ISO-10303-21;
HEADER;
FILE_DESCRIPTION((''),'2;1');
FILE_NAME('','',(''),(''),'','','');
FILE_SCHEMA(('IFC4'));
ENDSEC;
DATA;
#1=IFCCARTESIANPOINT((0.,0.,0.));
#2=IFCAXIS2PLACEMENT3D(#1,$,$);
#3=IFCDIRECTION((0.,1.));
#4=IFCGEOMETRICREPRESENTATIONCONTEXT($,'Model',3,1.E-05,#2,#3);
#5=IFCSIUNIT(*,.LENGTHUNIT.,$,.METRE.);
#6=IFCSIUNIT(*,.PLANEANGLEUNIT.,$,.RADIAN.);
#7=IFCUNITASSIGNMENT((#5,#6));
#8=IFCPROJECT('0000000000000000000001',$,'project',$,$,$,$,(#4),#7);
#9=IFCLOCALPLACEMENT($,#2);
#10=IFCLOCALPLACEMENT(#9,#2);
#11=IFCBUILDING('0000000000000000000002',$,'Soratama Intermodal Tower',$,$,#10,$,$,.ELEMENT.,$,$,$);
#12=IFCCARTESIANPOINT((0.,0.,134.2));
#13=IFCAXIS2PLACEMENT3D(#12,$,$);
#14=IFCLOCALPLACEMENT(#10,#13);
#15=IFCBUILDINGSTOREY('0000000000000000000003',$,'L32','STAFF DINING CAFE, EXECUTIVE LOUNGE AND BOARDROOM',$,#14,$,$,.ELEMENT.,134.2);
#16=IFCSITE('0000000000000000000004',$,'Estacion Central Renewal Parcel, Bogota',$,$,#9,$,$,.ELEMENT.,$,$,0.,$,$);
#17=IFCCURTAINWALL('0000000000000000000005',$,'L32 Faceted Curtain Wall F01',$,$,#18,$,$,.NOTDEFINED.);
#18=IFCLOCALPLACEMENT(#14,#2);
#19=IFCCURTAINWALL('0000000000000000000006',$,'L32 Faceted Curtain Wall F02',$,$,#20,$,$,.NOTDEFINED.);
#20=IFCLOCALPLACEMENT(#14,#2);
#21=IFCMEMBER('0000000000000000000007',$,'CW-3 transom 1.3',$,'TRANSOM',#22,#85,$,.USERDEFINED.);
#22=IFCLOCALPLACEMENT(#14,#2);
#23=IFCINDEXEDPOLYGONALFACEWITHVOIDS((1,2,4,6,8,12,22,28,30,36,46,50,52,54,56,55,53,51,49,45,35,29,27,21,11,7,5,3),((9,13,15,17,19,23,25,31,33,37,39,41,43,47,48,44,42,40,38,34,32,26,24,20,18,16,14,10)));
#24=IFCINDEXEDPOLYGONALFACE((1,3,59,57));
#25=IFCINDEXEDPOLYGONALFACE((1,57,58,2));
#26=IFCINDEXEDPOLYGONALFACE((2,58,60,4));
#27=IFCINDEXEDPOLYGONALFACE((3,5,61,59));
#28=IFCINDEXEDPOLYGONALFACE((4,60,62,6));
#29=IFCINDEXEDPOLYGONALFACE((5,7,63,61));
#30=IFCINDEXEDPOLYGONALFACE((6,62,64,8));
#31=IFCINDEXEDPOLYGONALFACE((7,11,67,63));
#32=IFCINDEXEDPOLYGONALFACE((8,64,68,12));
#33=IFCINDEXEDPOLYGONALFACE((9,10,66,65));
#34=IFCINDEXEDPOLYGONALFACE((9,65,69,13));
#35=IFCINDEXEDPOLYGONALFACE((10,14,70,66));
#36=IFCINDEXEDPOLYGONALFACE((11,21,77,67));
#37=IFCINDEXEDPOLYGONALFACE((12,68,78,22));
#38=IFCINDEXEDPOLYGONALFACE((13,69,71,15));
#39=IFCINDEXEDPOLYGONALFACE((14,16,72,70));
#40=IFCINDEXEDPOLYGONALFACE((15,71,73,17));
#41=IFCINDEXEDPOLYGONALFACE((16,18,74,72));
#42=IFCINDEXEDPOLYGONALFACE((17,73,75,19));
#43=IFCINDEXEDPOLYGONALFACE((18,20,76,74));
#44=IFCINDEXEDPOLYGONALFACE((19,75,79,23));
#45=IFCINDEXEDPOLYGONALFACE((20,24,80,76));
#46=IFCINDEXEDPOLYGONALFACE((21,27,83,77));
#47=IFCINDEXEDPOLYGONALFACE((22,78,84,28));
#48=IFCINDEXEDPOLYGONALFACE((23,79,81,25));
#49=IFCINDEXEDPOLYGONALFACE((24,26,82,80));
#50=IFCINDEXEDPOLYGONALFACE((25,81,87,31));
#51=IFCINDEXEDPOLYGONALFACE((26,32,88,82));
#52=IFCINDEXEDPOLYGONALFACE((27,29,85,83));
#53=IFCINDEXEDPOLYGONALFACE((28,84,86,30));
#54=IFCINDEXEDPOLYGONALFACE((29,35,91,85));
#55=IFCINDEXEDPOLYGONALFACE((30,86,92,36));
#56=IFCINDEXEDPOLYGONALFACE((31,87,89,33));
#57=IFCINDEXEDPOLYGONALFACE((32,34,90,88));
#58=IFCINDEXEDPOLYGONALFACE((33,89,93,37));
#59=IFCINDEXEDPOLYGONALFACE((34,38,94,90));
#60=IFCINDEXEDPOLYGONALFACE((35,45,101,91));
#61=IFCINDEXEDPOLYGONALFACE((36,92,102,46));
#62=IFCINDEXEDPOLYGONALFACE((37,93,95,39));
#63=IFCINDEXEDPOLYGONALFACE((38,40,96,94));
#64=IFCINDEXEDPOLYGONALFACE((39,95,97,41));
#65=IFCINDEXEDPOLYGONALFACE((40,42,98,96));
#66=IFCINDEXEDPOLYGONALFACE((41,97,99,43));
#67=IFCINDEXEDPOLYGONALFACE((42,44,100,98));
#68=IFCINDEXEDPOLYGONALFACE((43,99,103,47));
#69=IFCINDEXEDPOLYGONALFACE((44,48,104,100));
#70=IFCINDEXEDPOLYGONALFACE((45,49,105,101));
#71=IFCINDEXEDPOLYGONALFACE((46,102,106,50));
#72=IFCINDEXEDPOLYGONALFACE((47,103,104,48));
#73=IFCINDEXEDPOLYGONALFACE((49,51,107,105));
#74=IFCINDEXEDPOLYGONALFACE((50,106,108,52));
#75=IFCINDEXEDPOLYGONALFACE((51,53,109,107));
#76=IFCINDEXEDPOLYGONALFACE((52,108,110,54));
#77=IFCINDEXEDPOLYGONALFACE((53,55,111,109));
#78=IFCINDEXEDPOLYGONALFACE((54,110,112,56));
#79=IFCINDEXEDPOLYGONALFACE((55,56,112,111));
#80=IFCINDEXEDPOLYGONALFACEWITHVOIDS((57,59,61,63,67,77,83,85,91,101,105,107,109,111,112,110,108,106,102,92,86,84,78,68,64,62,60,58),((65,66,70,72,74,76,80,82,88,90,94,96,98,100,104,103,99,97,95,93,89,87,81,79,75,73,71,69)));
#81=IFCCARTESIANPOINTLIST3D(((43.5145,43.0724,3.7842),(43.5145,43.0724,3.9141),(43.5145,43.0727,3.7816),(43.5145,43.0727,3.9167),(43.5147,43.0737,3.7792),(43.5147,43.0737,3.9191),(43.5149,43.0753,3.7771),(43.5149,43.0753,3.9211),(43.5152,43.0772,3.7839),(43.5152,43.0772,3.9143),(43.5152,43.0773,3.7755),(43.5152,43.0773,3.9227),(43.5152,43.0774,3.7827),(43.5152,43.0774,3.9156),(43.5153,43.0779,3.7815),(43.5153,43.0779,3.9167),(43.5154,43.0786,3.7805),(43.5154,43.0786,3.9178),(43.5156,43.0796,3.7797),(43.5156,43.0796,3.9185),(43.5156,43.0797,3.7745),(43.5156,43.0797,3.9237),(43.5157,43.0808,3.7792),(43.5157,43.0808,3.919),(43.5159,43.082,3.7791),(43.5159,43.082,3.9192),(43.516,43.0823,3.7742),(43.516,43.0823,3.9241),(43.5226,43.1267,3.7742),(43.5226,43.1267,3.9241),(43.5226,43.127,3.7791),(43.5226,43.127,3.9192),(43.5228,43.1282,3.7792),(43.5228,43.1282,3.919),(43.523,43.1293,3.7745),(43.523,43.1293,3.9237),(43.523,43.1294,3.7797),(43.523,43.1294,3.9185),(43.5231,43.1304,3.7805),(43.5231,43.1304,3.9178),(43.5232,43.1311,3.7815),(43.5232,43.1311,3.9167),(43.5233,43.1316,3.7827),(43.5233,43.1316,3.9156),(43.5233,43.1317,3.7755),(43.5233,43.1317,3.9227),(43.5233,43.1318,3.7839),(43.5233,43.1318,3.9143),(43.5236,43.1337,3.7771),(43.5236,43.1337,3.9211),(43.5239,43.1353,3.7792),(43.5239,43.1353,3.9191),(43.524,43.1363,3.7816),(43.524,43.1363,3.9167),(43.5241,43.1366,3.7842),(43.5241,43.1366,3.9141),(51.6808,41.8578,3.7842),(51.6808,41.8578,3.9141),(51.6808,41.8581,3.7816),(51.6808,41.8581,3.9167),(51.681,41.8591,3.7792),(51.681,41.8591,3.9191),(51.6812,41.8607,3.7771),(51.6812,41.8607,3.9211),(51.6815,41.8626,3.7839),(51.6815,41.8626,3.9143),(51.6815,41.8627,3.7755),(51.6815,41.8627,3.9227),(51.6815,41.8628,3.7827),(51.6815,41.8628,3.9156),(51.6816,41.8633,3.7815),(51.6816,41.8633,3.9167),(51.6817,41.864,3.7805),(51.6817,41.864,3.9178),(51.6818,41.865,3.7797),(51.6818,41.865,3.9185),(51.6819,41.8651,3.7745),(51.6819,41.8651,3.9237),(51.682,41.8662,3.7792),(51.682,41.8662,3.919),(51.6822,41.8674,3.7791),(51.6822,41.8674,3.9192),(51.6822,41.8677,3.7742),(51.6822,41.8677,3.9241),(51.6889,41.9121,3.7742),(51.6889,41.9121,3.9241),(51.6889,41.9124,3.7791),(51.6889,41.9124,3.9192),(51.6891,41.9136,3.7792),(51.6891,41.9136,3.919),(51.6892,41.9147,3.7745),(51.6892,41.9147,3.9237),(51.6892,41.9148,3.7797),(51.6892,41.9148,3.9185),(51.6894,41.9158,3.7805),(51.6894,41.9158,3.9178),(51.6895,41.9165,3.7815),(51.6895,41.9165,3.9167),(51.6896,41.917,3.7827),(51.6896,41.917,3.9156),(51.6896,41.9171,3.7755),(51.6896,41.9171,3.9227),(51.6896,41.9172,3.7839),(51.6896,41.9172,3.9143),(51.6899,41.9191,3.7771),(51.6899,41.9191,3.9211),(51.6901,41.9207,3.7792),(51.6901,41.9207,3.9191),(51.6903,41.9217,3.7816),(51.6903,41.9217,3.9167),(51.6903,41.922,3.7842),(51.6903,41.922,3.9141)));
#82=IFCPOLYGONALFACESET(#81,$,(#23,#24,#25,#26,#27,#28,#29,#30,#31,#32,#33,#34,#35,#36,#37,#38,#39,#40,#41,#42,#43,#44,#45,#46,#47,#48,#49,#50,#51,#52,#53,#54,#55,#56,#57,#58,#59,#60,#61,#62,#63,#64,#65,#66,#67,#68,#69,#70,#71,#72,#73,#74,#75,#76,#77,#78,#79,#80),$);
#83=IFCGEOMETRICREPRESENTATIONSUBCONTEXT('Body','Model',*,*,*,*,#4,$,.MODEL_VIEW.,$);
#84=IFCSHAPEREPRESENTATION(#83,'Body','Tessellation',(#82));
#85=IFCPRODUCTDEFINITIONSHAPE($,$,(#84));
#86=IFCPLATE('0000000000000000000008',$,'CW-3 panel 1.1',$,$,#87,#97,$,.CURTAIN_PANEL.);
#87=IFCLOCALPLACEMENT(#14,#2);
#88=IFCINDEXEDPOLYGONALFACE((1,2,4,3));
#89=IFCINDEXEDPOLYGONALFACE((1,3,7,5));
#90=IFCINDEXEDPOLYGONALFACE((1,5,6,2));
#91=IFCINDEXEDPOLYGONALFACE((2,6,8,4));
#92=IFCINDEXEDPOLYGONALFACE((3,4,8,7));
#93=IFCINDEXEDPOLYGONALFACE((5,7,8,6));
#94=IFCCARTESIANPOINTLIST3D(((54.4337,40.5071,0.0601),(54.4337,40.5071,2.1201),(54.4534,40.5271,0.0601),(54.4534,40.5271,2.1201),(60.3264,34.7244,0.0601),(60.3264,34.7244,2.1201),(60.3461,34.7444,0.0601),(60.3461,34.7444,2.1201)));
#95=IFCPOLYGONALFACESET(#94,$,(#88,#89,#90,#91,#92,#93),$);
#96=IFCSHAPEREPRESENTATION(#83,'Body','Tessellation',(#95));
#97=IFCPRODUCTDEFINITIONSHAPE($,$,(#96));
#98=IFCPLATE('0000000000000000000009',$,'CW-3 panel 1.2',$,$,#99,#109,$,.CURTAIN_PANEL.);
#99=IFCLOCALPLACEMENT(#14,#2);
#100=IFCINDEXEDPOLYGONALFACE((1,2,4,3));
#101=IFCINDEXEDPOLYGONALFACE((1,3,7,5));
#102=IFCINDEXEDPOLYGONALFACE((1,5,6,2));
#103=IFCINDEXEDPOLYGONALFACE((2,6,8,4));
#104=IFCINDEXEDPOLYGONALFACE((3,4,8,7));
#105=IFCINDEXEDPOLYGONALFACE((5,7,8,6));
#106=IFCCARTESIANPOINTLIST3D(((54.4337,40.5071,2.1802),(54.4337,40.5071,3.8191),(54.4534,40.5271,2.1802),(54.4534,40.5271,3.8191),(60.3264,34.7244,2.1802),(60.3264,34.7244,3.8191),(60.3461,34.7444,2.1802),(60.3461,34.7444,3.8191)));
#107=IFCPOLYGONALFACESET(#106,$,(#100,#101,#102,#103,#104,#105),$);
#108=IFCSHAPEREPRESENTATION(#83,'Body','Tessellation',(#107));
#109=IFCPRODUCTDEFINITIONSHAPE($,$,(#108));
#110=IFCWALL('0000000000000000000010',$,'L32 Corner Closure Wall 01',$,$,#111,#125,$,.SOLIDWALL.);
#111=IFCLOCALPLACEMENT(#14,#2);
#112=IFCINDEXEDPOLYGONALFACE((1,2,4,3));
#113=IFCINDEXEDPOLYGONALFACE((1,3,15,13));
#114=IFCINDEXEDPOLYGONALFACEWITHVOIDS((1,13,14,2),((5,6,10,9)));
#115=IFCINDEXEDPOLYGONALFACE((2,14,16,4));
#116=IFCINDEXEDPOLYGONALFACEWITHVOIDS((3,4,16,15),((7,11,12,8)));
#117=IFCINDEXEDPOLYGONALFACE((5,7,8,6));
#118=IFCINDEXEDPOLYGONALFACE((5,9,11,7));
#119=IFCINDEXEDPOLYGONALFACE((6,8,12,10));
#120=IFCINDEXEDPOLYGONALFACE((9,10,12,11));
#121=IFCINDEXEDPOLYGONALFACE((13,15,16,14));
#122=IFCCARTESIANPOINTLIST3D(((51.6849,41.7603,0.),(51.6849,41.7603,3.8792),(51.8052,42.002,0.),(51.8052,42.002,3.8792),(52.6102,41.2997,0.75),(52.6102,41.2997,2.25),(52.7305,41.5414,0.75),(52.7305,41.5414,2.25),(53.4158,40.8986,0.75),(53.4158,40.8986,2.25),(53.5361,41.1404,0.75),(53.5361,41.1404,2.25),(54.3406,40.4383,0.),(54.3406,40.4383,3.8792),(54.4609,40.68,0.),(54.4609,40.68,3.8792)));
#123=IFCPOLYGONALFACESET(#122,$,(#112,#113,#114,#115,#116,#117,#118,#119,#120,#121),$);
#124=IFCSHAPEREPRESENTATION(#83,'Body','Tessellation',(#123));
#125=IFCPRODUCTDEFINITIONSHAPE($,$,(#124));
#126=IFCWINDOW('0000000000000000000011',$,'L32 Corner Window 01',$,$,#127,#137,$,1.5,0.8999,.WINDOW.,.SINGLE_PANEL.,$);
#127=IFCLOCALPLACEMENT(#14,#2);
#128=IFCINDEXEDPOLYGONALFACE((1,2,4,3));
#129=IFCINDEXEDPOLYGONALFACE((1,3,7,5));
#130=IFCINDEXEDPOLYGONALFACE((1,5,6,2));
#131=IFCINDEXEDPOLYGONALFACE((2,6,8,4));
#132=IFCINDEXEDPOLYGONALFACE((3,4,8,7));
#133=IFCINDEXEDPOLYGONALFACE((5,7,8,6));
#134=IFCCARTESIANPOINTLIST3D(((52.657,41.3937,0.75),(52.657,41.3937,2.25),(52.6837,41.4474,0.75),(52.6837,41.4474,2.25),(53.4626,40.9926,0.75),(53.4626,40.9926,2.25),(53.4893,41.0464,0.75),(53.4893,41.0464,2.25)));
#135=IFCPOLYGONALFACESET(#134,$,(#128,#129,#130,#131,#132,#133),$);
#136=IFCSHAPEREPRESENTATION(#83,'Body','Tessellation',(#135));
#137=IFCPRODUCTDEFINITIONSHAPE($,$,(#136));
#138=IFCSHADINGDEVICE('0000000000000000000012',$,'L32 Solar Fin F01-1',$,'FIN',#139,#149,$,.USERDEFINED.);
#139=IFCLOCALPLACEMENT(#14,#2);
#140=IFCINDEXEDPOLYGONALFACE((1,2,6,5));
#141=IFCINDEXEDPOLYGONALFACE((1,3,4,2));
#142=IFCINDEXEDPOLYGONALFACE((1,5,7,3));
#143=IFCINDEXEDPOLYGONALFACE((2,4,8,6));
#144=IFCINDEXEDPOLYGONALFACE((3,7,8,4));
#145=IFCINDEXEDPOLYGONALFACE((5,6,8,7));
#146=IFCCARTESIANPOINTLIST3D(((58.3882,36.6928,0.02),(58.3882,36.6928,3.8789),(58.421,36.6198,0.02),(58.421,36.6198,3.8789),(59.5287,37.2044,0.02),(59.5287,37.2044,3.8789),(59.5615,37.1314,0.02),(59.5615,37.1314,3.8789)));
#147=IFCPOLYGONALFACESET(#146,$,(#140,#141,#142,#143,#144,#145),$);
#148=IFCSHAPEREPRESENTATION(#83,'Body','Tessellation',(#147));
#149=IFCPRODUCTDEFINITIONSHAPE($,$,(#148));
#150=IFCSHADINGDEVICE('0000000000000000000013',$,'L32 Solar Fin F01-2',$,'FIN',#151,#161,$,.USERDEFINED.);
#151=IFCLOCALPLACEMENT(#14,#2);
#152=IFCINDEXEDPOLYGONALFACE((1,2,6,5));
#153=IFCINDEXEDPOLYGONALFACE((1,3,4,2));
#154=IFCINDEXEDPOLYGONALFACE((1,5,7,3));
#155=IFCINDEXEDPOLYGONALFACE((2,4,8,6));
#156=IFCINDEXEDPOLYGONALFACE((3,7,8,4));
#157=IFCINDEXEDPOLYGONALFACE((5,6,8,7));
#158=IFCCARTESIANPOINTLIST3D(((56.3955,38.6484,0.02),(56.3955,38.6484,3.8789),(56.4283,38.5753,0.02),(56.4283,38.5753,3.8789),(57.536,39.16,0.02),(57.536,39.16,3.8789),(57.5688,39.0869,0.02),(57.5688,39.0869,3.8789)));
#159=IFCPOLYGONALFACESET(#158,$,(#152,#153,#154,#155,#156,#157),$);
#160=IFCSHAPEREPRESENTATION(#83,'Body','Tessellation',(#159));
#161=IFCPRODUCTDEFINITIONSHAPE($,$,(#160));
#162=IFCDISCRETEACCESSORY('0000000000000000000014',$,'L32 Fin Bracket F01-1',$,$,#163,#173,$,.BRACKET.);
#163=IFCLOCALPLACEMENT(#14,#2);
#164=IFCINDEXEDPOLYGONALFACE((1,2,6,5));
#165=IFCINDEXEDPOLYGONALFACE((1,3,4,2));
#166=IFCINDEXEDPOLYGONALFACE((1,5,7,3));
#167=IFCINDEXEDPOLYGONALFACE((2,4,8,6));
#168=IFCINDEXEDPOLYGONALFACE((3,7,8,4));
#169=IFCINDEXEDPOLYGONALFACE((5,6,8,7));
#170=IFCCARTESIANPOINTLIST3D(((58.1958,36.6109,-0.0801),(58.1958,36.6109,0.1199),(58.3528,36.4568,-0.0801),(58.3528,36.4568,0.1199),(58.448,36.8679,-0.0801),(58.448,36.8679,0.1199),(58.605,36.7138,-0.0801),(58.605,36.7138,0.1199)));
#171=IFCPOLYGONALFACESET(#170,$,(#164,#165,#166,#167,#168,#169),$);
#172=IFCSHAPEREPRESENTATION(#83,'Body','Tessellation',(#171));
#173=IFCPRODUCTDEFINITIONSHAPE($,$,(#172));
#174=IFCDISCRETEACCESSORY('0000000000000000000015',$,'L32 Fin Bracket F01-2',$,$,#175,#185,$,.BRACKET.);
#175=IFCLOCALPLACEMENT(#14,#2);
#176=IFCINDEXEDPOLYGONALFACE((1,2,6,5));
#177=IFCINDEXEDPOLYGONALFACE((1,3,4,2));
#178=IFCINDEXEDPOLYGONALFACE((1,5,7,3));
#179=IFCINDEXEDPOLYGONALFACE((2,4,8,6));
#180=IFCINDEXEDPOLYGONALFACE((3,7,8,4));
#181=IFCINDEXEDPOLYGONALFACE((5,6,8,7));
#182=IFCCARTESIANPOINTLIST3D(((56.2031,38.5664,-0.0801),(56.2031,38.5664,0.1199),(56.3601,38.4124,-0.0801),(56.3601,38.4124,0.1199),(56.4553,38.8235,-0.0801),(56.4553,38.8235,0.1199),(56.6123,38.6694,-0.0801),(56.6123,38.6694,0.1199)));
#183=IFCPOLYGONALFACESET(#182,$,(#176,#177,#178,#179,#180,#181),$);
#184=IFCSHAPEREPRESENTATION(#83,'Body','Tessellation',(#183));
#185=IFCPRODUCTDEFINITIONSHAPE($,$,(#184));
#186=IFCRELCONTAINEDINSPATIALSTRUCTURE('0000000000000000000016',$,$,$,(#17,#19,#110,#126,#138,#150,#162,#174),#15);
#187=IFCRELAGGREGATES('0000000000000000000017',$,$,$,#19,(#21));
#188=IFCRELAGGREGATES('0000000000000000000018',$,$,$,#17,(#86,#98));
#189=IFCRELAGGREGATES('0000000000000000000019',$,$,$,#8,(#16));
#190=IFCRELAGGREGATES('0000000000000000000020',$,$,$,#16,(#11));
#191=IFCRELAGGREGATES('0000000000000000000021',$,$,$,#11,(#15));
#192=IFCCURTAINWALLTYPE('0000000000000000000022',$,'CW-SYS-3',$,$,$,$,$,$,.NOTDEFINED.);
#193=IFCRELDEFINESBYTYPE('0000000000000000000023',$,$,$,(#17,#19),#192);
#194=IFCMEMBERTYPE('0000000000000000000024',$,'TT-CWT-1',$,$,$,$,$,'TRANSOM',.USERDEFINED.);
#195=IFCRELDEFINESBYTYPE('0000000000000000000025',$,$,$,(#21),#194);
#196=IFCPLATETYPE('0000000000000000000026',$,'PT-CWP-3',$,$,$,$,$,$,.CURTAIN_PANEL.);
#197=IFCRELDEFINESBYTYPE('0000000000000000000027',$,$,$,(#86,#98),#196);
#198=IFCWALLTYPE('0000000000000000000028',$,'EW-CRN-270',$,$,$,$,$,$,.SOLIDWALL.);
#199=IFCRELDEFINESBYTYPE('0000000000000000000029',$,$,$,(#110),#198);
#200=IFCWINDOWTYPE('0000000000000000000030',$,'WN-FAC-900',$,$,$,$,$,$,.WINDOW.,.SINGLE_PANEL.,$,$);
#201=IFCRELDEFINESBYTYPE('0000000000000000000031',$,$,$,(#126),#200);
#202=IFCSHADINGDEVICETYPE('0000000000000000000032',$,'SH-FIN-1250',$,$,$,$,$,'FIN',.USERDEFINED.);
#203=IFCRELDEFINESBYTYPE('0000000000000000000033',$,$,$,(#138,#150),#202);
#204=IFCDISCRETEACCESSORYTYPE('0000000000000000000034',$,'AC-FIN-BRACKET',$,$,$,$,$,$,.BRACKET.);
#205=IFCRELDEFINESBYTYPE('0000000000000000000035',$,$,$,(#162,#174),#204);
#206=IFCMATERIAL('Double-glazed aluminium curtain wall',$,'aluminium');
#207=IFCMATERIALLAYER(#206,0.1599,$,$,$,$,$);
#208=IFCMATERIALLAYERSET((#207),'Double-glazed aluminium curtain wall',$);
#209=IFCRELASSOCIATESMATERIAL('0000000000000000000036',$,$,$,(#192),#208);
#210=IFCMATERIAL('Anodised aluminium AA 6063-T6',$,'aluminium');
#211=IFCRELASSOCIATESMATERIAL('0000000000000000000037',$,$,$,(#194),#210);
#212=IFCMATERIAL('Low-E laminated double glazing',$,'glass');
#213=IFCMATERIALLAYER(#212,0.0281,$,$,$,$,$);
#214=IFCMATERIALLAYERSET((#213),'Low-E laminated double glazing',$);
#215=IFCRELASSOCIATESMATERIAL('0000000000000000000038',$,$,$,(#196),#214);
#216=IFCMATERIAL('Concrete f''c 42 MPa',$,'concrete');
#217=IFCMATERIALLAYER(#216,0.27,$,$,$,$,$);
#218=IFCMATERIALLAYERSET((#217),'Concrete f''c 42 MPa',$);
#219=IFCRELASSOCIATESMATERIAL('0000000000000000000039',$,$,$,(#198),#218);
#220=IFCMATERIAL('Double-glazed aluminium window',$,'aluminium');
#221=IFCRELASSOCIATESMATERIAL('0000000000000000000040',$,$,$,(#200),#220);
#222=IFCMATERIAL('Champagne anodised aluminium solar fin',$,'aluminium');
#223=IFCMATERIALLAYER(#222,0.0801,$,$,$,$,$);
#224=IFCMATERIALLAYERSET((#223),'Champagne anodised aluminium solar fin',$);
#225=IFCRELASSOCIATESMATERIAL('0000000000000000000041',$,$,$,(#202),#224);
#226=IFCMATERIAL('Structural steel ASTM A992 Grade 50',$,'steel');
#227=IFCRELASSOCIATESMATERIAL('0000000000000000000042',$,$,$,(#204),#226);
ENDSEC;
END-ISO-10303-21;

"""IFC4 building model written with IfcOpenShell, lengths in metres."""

from ifc_helpers import new_model, si_unit, direction, frame, frame_2d, origin, origin_2d, place, context, subcontext, project, spatial, rectangle, hollow_rectangle, extrude, material, layer, layer_set, material_profile, profile_set, type_object, element, fill, aggregate, save


model = new_model("IFC4")

# Units and contexts
model_context = context("Model", 3, precision=1e-05, world=origin(), true_north=direction((0.0, 1.0)))
body_context = subcontext(model_context, "Body", "Model", "MODEL_VIEW")
ifc_project = project(units=[si_unit("LENGTHUNIT", "METRE"), si_unit("PLANEANGLEUNIT", "RADIAN")], contexts=[model_context])

# Site, building, storey
site_placement = place(None, origin())
site = spatial("IfcSite", under=ifc_project, at=site_placement, Name="Estacion Central Renewal Parcel, Bogota", CompositionType="ELEMENT", RefElevation=0.0)
building_placement = place(site_placement, origin())
building = spatial("IfcBuilding", under=site, at=building_placement, Name="Soratama Intermodal Tower", CompositionType="ELEMENT")
storey_placement = place(building_placement, frame((0.0, 0.0, 134.2)))
storey = spatial("IfcBuildingStorey", under=building, at=storey_placement, Name="L32", Description="STAFF DINING CAFE, EXECUTIVE LOUNGE AND BOARDROOM", CompositionType="ELEMENT", Elevation=134.2)

# Curtain walls
ifc_material_1 = material(Name="Double-glazed aluminium curtain wall", Category="aluminium")
ifc_layer_1 = layer(ifc_material_1, 0.1599)
ifc_layer_set_1 = layer_set([ifc_layer_1], Name="Double-glazed aluminium curtain wall")
curtain_wall_type = type_object("IfcCurtainWallType", Name="CW-SYS-3", PredefinedType="NOTDEFINED", material=ifc_layer_set_1)
curtain_wall_1_placement = place(storey_placement, origin())
curtain_wall_1 = element("IfcCurtainWall", 1, at=curtain_wall_1_placement, inside=storey, type_object=curtain_wall_type, Name="L32 Faceted Curtain Wall F01", PredefinedType="NOTDEFINED")
curtain_wall_2_placement = place(storey_placement, origin())
curtain_wall_2 = element("IfcCurtainWall", 2, at=curtain_wall_2_placement, inside=storey, type_object=curtain_wall_type, Name="L32 Faceted Curtain Wall F02", PredefinedType="NOTDEFINED")

# Member
ifc_material_2 = material(Name="Anodised aluminium AA 6063-T6", Category="aluminium")
ifc_material_profile_1 = material_profile(ifc_material_2, hollow_rectangle(XDim=0.0649, YDim=0.1499, WallThickness=0.0049, InnerFilletRadius=0.0049, OuterFilletRadius=0.01, at=origin_2d()), Name="CWT150X65X5")
ifc_profile_set_1 = profile_set([ifc_material_profile_1], Name="Anodised aluminium AA 6063-T6")
member_type_1 = type_object("IfcMemberType", Name="TT-CWT-1", ElementType="TRANSOM", PredefinedType="USERDEFINED", material=ifc_profile_set_1)
member_1_placement = place(storey_placement, frame((51.6855, 41.8899, 3.8491), z_axis=(-0.989119, 0.147116, 0.0), x_axis=(-0.147116, -0.989119, 0.0)))
member_1 = element("IfcMember", 3, at=member_1_placement, type_object=member_type_1, Name="CW-3 transom 1.3", ObjectType="TRANSOM", PredefinedType="USERDEFINED", context=body_context, shape_type="SweptSolid", body=[
    extrude(hollow_rectangle(XDim=0.0649, YDim=0.1499, WallThickness=0.0049, InnerFilletRadius=0.0049, OuterFilletRadius=0.01, at=origin_2d()), origin(), (0.0, 0.0, 1.0), 8.2561),
])
aggregate(curtain_wall_2, [member_1])

# Plates
ifc_material_3 = material(Name="Low-E laminated double glazing", Category="glass")
ifc_layer_2 = layer(ifc_material_3, 0.0281)
ifc_layer_set_2 = layer_set([ifc_layer_2], Name="Low-E laminated double glazing")
plate_type = type_object("IfcPlateType", Name="PT-CWP-3", PredefinedType="CURTAIN_PANEL", material=ifc_layer_set_2)
plate_1_placement = place(storey_placement, frame((57.3899, 37.6257, 0.0601), z_axis=(0.0, 0.0, 1.0), x_axis=(-0.713737, 0.700414, 0.0)))
plate_1 = element("IfcPlate", 4, at=plate_1_placement, type_object=plate_type, Name="CW-3 panel 1.1", PredefinedType="CURTAIN_PANEL", context=body_context, shape_type="SweptSolid", body=[
    extrude(rectangle(XDim=8.2561, YDim=0.0281, at=origin_2d()), origin(), (0.0, 0.0, 1.0), 2.0601),
])
plate_2_placement = place(storey_placement, frame((57.3899, 37.6257, 2.1802), z_axis=(0.0, 0.0, 1.0), x_axis=(-0.713737, 0.700414, 0.0)))
plate_2 = element("IfcPlate", 5, at=plate_2_placement, type_object=plate_type, Name="CW-3 panel 1.2", PredefinedType="CURTAIN_PANEL", context=body_context, shape_type="SweptSolid", body=[
    extrude(rectangle(XDim=8.2561, YDim=0.0281, at=origin_2d()), origin(), (0.0, 0.0, 1.0), 1.6389),
])
aggregate(curtain_wall_1, [plate_1, plate_2])

# Wall, opening, window
ifc_material_4 = material(Name="Concrete f'c 42 MPa", Category="concrete")
ifc_layer_3 = layer(ifc_material_4, 0.27)
ifc_layer_set_3 = layer_set([ifc_layer_3], Name="Concrete f'c 42 MPa")
wall_type = type_object("IfcWallType", Name="EW-CRN-270", PredefinedType="SOLIDWALL", material=ifc_layer_set_3)
wall_placement = place(storey_placement, frame((54.4009, 40.5591, 0.0), z_axis=(0.0, 0.0, 1.0), x_axis=(-0.895216, 0.445633, 0.0)))
wall = element("IfcWall", 6, at=wall_placement, inside=storey, type_object=wall_type, Name="L32 Corner Closure Wall 01", PredefinedType="SOLIDWALL", context=body_context, shape_type="SweptSolid", body=[
    extrude(rectangle(XDim=2.9666, YDim=0.27, at=frame_2d((1.4834, 0.0))), origin(), (0.0, 0.0, 1.0), 3.8792),
])
opening_placement = place(wall_placement, frame((1.0332, 0.0, 0.75)))
opening = element("IfcOpeningElement", 7, at=opening_placement, cuts=wall, PredefinedType="OPENING", context=body_context, shape_type="SweptSolid", body=[
    extrude(rectangle(XDim=0.8999, YDim=1.5, at=frame_2d((0.45, 0.75))), frame((0.0, 0.145, 0.0), z_axis=(0.0, -1.0, 0.0), x_axis=(1.0, 0.0, 0.0)), (0.0, 0.0, 1.0), 0.29),
])
ifc_material_5 = material(Name="Double-glazed aluminium window", Category="aluminium")
window_type = type_object("IfcWindowType", Name="WN-FAC-900", PartitioningType="SINGLE_PANEL", PredefinedType="WINDOW", material=ifc_material_5)
window_placement = place(opening_placement, origin())
window = element("IfcWindow", 8, at=window_placement, inside=storey, type_object=window_type, Name="L32 Corner Window 01", OverallHeight=1.5, OverallWidth=0.8999, PartitioningType="SINGLE_PANEL", PredefinedType="WINDOW", context=body_context, shape_type="SweptSolid", body=[
    extrude(rectangle(XDim=0.8999, YDim=1.5, at=frame_2d((0.45, 0.75))), frame((0.0, 0.03, 0.0), z_axis=(0.0, -1.0, 0.0), x_axis=(1.0, 0.0, 0.0)), (0.0, 0.0, 1.0), 0.0601),
])
fill(opening, window)

# Shading devices
ifc_material_6 = material(Name="Champagne anodised aluminium solar fin", Category="aluminium")
ifc_layer_4 = layer(ifc_material_6, 0.0801)
ifc_layer_set_4 = layer_set([ifc_layer_4], Name="Champagne anodised aluminium solar fin")
shading_device_type = type_object("IfcShadingDeviceType", Name="SH-FIN-1250", ElementType="FIN", PredefinedType="USERDEFINED", material=ifc_layer_set_4)
for number, where, z_axis, x_axis, name in (
    (9, (58.9749, 36.9121, 0.02), (0.0, 0.0, 1.0), (0.912406, 0.409286, 0.0), "L32 Solar Fin F01-1"),
    (10, (56.9822, 38.8677, 0.02), (0.0, 0.0, 1.0), (0.912406, 0.409286, 0.0), "L32 Solar Fin F01-2"),
):
    element("IfcShadingDevice", number, at=place(storey_placement, frame(where, z_axis=z_axis, x_axis=x_axis)), inside=storey, type_object=shading_device_type, Name=name, ObjectType="FIN", PredefinedType="USERDEFINED", context=body_context, shape_type="SweptSolid", body=[
        extrude(rectangle(XDim=1.25, YDim=0.0801, at=origin_2d()), origin(), (0.0, 0.0, 1.0), 3.8589),
    ])

# Discrete accessories
ifc_material_7 = material(Name="Structural steel ASTM A992 Grade 50", Category="steel")
discrete_accessory_type = type_object("IfcDiscreteAccessoryType", Name="AC-FIN-BRACKET", PredefinedType="BRACKET", material=ifc_material_7)
for number, where, z_axis, x_axis, name in (
    (11, (58.4004, 36.6624, -0.0801), (0.0, 0.0, 1.0), (0.700411, 0.71374, 0.0), "L32 Fin Bracket F01-1"),
    (12, (56.4077, 38.6179, -0.0801), (0.0, 0.0, 1.0), (0.700411, 0.71374, 0.0), "L32 Fin Bracket F01-2"),
):
    element("IfcDiscreteAccessory", number, at=place(storey_placement, frame(where, z_axis=z_axis, x_axis=x_axis)), inside=storey, type_object=discrete_accessory_type, Name=name, PredefinedType="BRACKET", context=body_context, shape_type="SweptSolid", body=[
        extrude(rectangle(XDim=0.3601, YDim=0.22, at=origin_2d()), origin(), (0.0, 0.0, 1.0), 0.2),
    ])

save(model, "model.ifc")
